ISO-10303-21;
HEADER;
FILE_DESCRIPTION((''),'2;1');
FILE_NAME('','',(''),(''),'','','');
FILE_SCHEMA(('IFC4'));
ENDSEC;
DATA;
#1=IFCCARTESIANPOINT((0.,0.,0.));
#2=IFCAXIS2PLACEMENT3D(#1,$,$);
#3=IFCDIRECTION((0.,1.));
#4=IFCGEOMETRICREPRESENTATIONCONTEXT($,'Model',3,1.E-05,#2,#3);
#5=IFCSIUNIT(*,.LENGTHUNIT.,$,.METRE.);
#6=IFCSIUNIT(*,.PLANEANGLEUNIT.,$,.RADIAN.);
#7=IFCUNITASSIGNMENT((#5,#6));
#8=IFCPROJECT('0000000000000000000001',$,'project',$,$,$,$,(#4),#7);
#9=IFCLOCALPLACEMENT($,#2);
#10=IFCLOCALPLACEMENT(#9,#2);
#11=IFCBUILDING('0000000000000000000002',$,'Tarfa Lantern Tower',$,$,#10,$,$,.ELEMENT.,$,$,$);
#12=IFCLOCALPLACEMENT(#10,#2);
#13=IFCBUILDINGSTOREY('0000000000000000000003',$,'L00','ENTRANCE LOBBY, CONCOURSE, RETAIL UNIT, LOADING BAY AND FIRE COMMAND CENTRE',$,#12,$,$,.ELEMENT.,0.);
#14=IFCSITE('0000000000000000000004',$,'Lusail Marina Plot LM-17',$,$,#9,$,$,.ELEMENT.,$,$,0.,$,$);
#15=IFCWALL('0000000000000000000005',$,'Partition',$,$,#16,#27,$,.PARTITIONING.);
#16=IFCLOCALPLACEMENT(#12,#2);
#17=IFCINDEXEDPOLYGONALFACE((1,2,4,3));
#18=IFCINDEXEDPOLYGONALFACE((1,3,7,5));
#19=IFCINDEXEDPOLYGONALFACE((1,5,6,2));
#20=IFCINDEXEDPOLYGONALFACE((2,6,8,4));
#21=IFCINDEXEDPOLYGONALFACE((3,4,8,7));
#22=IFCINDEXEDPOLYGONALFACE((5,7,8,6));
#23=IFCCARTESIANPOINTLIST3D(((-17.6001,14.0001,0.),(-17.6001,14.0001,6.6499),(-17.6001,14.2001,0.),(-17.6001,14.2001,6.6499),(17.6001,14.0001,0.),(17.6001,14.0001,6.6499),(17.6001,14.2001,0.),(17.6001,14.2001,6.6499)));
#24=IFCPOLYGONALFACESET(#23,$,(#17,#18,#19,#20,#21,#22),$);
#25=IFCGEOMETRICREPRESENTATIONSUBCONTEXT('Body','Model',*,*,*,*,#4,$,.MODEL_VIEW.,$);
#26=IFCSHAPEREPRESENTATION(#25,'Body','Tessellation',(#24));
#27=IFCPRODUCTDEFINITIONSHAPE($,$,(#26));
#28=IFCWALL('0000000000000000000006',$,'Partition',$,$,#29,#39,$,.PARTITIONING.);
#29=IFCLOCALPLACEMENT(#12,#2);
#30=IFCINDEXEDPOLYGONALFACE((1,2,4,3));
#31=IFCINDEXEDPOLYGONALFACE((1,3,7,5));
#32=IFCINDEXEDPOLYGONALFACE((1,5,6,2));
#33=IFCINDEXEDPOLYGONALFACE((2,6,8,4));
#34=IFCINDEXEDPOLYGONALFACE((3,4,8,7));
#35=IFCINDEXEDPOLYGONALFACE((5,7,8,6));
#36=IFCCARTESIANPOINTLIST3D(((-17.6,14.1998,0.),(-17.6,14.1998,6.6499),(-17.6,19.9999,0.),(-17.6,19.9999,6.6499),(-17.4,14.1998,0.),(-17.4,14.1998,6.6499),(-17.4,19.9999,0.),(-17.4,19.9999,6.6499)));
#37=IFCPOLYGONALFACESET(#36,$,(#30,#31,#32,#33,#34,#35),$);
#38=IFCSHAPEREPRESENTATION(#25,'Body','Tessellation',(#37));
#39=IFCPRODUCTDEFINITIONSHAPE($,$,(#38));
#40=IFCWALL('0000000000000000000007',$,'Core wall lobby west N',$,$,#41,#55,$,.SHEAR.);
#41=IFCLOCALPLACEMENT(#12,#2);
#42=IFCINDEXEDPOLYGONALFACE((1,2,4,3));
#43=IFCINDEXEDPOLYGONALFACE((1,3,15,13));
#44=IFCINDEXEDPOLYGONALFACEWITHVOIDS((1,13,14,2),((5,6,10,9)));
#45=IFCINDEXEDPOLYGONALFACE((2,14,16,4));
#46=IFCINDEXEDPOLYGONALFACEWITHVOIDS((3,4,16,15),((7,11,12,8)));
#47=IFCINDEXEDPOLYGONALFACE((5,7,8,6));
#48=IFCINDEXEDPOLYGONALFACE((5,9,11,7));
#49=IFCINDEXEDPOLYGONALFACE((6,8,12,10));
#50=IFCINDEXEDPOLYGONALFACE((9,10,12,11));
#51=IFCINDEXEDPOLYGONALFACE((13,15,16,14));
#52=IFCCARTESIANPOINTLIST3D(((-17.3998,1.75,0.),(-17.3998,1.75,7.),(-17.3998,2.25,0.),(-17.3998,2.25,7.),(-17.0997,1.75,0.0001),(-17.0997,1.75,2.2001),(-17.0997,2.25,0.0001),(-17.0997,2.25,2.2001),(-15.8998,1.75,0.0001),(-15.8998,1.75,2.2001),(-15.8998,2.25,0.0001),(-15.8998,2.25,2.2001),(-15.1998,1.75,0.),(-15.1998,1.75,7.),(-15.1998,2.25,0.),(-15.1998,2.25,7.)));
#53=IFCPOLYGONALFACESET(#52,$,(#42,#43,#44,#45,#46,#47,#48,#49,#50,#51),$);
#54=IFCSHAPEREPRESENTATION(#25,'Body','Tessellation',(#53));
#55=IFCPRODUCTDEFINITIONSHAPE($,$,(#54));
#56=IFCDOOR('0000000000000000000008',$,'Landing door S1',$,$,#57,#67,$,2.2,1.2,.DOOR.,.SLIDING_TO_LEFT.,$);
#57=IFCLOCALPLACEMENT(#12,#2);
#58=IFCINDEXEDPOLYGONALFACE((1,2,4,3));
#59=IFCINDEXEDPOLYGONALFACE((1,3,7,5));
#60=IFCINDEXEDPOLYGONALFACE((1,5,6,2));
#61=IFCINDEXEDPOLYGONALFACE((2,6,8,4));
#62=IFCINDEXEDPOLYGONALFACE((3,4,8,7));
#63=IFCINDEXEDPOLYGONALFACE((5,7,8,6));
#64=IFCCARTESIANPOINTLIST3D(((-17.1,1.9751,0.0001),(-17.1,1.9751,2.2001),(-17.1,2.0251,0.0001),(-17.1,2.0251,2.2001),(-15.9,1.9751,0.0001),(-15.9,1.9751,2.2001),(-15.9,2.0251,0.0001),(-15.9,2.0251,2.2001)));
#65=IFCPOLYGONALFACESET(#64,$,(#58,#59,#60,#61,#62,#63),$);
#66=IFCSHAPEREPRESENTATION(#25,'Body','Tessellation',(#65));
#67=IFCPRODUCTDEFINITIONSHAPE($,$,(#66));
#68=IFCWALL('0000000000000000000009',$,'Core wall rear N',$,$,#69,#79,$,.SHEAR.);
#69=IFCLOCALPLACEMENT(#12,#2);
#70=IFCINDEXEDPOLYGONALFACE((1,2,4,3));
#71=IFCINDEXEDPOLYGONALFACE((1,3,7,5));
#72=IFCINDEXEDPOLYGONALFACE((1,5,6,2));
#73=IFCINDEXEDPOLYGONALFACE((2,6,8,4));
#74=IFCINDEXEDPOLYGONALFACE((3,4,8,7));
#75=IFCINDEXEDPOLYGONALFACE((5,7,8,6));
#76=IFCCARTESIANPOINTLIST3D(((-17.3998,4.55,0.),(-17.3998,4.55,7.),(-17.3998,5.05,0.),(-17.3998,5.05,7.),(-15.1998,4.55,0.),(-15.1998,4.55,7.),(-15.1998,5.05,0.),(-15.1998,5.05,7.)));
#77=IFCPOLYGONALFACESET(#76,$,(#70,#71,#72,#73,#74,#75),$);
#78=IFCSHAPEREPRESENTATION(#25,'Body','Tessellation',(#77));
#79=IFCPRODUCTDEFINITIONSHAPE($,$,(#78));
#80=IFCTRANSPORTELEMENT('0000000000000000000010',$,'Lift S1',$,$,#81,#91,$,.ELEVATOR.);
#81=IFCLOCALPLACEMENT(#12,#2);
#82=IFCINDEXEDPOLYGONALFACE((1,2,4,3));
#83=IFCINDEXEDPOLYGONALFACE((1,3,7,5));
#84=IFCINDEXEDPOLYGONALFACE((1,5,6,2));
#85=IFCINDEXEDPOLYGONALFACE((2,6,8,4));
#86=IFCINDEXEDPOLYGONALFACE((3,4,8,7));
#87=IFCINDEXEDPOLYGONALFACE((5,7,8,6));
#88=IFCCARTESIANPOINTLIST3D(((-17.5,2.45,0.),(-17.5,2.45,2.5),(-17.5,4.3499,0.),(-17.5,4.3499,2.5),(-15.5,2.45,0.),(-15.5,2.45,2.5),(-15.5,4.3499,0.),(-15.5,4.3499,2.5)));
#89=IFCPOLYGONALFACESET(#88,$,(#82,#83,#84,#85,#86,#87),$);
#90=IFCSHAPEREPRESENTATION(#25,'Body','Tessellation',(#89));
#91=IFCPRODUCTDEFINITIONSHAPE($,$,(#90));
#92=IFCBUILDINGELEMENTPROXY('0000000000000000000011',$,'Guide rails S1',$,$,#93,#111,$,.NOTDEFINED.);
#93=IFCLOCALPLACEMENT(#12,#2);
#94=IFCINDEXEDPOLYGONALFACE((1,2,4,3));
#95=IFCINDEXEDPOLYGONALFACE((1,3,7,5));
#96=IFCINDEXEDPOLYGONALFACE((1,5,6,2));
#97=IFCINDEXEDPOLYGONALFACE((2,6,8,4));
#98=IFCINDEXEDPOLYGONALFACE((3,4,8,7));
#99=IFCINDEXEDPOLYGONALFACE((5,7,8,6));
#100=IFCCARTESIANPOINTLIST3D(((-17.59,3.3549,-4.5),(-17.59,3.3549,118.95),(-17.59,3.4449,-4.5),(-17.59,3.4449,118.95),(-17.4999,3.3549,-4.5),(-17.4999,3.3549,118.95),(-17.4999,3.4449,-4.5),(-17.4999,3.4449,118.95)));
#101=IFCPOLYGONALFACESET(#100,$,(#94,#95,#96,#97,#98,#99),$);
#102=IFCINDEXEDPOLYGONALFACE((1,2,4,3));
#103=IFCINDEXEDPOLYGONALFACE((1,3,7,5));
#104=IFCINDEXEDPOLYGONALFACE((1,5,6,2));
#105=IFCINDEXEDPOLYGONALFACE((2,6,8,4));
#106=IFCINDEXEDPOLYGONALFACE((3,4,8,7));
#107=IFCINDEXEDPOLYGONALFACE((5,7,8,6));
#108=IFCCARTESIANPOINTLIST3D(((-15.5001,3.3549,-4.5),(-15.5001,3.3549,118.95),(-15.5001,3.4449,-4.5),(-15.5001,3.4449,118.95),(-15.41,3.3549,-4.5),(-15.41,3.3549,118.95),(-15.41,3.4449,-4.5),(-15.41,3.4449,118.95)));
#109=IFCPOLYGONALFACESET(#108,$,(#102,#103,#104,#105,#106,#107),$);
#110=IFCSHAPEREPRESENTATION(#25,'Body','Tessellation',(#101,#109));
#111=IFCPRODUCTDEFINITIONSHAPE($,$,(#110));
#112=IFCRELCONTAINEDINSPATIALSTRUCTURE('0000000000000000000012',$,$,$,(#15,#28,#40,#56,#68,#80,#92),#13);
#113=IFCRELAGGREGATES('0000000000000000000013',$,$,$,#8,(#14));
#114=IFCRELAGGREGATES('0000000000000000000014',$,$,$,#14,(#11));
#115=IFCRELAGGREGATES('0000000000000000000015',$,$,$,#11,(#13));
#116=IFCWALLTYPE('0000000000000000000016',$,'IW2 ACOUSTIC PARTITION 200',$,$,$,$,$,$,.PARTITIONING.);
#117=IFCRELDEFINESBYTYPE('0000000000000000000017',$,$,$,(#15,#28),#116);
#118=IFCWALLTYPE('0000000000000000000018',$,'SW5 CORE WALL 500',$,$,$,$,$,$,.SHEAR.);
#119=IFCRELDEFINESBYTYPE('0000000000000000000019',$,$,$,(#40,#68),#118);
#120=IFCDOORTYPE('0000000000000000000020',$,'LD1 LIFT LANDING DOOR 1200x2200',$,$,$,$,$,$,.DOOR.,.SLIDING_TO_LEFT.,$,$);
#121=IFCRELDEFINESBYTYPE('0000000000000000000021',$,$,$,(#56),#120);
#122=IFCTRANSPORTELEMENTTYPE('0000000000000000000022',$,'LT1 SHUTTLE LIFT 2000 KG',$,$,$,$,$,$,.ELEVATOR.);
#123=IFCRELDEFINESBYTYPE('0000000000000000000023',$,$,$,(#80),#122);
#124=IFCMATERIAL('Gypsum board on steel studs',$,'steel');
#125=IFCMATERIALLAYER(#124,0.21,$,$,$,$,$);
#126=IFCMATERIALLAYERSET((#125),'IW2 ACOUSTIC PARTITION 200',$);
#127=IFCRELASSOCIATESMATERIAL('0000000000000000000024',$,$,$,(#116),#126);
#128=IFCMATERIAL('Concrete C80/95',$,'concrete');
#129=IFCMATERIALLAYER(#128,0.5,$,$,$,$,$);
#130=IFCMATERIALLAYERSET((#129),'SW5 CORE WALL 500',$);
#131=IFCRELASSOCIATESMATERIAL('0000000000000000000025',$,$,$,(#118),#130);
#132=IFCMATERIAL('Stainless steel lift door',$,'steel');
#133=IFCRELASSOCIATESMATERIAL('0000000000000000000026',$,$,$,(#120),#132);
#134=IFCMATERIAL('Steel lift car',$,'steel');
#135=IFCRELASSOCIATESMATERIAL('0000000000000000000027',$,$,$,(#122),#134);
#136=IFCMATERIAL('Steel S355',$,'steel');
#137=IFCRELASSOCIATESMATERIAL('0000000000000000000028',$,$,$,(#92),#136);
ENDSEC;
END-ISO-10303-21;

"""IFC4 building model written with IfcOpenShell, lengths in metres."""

from ifc_helpers import new_model, si_unit, direction, frame, frame_2d, origin, origin_2d, place, context, subcontext, project, spatial, rectangle, extrude, material, layer, layer_set, type_object, element, fill, save


model = new_model("IFC4")

# Units and contexts
model_context = context("Model", 3, precision=1e-05, world=origin(), true_north=direction((0.0, 1.0)))
body_context = subcontext(model_context, "Body", "Model", "MODEL_VIEW")
ifc_project = project(units=[si_unit("LENGTHUNIT", "METRE"), si_unit("PLANEANGLEUNIT", "RADIAN")], contexts=[model_context])

# Site, building, storey
site_placement = place(None, origin())
site = spatial("IfcSite", under=ifc_project, at=site_placement, Name="Lusail Marina Plot LM-17", CompositionType="ELEMENT", RefElevation=0.0)
building_placement = place(site_placement, origin())
building = spatial("IfcBuilding", under=site, at=building_placement, Name="Tarfa Lantern Tower", CompositionType="ELEMENT")
storey_placement = place(building_placement, origin())
storey = spatial("IfcBuildingStorey", under=building, at=storey_placement, Name="L00", Description="ENTRANCE LOBBY, CONCOURSE, RETAIL UNIT, LOADING BAY AND FIRE COMMAND CENTRE", CompositionType="ELEMENT", Elevation=0.0)

# Shared definitions
ifc_material_1 = material(Name="Concrete C80/95", Category="concrete")

# Walls
ifc_material_2 = material(Name="Gypsum board on steel studs", Category="steel")
ifc_layer_1 = layer(ifc_material_2, 0.21)
ifc_layer_set_1 = layer_set([ifc_layer_1], Name="IW2 ACOUSTIC PARTITION 200")
wall_type_1 = type_object("IfcWallType", Name="IW2 ACOUSTIC PARTITION 200", PredefinedType="PARTITIONING", material=ifc_layer_set_1)
wall_1_placement = place(storey_placement, frame((-17.6001, 14.1001, 0.0), z_axis=(0.0, 0.0, 1.0), x_axis=(1.0, 0.0, 0.0)))
element("IfcWall", 1, at=wall_1_placement, inside=storey, type_object=wall_type_1, Name="Partition", PredefinedType="PARTITIONING", context=body_context, shape_type="SweptSolid", body=[
    extrude(rectangle(XDim=35.2002, YDim=0.2, at=frame_2d((17.6001, 0.0))), origin(), (0.0, 0.0, 1.0), 6.6499),
])
wall_2_placement = place(storey_placement, frame((-17.5, 14.2, 0.0), z_axis=(0.0, 0.0, 1.0), x_axis=(0.0, 1.0, 0.0)))
element("IfcWall", 2, at=wall_2_placement, inside=storey, type_object=wall_type_1, Name="Partition", PredefinedType="PARTITIONING", context=body_context, shape_type="SweptSolid", body=[
    extrude(rectangle(XDim=5.8, YDim=0.2, at=frame_2d((2.8999, 0.0))), origin(), (0.0, 0.0, 1.0), 6.6499),
])

# Wall, opening, door
ifc_layer_2 = layer(ifc_material_1, 0.5)
ifc_layer_set_2 = layer_set([ifc_layer_2], Name="SW5 CORE WALL 500")
wall_type_2 = type_object("IfcWallType", Name="SW5 CORE WALL 500", PredefinedType="SHEAR", material=ifc_layer_set_2)
wall_3_placement = place(storey_placement, frame((-17.3999, 2.0, 0.0), z_axis=(0.0, 0.0, 1.0), x_axis=(1.0, 0.0, 0.0)))
wall_3 = element("IfcWall", 3, at=wall_3_placement, inside=storey, type_object=wall_type_2, Name="Core wall lobby west N", PredefinedType="SHEAR", context=body_context, shape_type="SweptSolid", body=[
    extrude(rectangle(XDim=2.2, YDim=0.5, at=frame_2d((1.1001, 0.0))), origin(), (0.0, 0.0, 1.0), 7.0),
])
opening_1_placement = place(wall_3_placement, frame((0.3, 0.0, 0.0)))
opening_1 = element("IfcOpeningElement", 4, at=opening_1_placement, cuts=wall_3, PredefinedType="OPENING", context=body_context, shape_type="SweptSolid", body=[
    extrude(rectangle(XDim=1.2, YDim=2.2, at=frame_2d((0.6001, 1.1001))), frame((0.0, 0.26, 0.0), z_axis=(0.0, -1.0, 0.0), x_axis=(1.0, 0.0, 0.0)), (0.0, 0.0, 1.0), 0.52),
])
ifc_material_3 = material(Name="Stainless steel lift door", Category="steel")
door_type_1 = type_object("IfcDoorType", Name="LD1 LIFT LANDING DOOR 1200x2200", OperationType="SLIDING_TO_LEFT", PredefinedType="DOOR", material=ifc_material_3)
door_1_placement = place(opening_1_placement, frame((1.2, 0.0, 0.0), z_axis=(0.0, 0.0, 1.0), x_axis=(-1.0, 0.0, 0.0)))
door_1 = element("IfcDoor", 5, at=door_1_placement, inside=storey, type_object=door_type_1, Name="Landing door S1", OperationType="SLIDING_TO_LEFT", OverallHeight=2.2, OverallWidth=1.2, PredefinedType="DOOR", context=body_context, shape_type="SweptSolid", body=[
    extrude(rectangle(XDim=1.2, YDim=2.2, at=frame_2d((0.6001, 1.1001))), frame((0.0, 0.0249, 0.0), z_axis=(0.0, -1.0, 0.0), x_axis=(1.0, 0.0, 0.0)), (0.0, 0.0, 1.0), 0.05),
])
fill(opening_1, door_1)

# Wall
wall_4_placement = place(storey_placement, frame((-17.3999, 4.8, 0.0), z_axis=(0.0, 0.0, 1.0), x_axis=(1.0, 0.0, 0.0)))
element("IfcWall", 6, at=wall_4_placement, inside=storey, type_object=wall_type_2, Name="Core wall rear N", PredefinedType="SHEAR", context=body_context, shape_type="SweptSolid", body=[
    extrude(rectangle(XDim=2.2, YDim=0.5, at=frame_2d((1.1001, 0.0))), origin(), (0.0, 0.0, 1.0), 7.0),
])

# Transport element
ifc_material_4 = material(Name="Steel lift car", Category="steel")
transport_element_type = type_object("IfcTransportElementType", Name="LT1 SHUTTLE LIFT 2000 KG", PredefinedType="ELEVATOR", material=ifc_material_4)
transport_element_placement = place(storey_placement, frame((-16.5, 3.3999, 0.0), z_axis=(0.0, 0.0, 1.0), x_axis=(1.0, 0.0, 0.0)))
element("IfcTransportElement", 7, at=transport_element_placement, inside=storey, type_object=transport_element_type, Name="Lift S1", PredefinedType="ELEVATOR", context=body_context, shape_type="SweptSolid", body=[
    extrude(rectangle(XDim=2.0, YDim=1.8999, at=origin_2d()), origin(), (0.0, 0.0, 1.0), 2.5),
])

# Building element proxy
ifc_material_5 = material(Name="Steel S355", Category="steel")
proxy_placement = place(storey_placement, frame((-17.5449, 3.3999, -4.5), z_axis=(0.0, 0.0, 1.0), x_axis=(1.0, 0.0, 0.0)))
element("IfcBuildingElementProxy", 8, at=proxy_placement, inside=storey, material=ifc_material_5, Name="Guide rails S1", PredefinedType="NOTDEFINED", context=body_context, shape_type="SweptSolid", body=[
    extrude(rectangle(XDim=0.0901, YDim=0.0901, at=origin_2d()), origin(), (0.0, 0.0, 1.0), 123.45),
    extrude(rectangle(XDim=0.0901, YDim=0.0901, at=frame_2d((2.0898, 0.0))), origin(), (0.0, 0.0, 1.0), 123.45),
])

save(model, "model.ifc")
